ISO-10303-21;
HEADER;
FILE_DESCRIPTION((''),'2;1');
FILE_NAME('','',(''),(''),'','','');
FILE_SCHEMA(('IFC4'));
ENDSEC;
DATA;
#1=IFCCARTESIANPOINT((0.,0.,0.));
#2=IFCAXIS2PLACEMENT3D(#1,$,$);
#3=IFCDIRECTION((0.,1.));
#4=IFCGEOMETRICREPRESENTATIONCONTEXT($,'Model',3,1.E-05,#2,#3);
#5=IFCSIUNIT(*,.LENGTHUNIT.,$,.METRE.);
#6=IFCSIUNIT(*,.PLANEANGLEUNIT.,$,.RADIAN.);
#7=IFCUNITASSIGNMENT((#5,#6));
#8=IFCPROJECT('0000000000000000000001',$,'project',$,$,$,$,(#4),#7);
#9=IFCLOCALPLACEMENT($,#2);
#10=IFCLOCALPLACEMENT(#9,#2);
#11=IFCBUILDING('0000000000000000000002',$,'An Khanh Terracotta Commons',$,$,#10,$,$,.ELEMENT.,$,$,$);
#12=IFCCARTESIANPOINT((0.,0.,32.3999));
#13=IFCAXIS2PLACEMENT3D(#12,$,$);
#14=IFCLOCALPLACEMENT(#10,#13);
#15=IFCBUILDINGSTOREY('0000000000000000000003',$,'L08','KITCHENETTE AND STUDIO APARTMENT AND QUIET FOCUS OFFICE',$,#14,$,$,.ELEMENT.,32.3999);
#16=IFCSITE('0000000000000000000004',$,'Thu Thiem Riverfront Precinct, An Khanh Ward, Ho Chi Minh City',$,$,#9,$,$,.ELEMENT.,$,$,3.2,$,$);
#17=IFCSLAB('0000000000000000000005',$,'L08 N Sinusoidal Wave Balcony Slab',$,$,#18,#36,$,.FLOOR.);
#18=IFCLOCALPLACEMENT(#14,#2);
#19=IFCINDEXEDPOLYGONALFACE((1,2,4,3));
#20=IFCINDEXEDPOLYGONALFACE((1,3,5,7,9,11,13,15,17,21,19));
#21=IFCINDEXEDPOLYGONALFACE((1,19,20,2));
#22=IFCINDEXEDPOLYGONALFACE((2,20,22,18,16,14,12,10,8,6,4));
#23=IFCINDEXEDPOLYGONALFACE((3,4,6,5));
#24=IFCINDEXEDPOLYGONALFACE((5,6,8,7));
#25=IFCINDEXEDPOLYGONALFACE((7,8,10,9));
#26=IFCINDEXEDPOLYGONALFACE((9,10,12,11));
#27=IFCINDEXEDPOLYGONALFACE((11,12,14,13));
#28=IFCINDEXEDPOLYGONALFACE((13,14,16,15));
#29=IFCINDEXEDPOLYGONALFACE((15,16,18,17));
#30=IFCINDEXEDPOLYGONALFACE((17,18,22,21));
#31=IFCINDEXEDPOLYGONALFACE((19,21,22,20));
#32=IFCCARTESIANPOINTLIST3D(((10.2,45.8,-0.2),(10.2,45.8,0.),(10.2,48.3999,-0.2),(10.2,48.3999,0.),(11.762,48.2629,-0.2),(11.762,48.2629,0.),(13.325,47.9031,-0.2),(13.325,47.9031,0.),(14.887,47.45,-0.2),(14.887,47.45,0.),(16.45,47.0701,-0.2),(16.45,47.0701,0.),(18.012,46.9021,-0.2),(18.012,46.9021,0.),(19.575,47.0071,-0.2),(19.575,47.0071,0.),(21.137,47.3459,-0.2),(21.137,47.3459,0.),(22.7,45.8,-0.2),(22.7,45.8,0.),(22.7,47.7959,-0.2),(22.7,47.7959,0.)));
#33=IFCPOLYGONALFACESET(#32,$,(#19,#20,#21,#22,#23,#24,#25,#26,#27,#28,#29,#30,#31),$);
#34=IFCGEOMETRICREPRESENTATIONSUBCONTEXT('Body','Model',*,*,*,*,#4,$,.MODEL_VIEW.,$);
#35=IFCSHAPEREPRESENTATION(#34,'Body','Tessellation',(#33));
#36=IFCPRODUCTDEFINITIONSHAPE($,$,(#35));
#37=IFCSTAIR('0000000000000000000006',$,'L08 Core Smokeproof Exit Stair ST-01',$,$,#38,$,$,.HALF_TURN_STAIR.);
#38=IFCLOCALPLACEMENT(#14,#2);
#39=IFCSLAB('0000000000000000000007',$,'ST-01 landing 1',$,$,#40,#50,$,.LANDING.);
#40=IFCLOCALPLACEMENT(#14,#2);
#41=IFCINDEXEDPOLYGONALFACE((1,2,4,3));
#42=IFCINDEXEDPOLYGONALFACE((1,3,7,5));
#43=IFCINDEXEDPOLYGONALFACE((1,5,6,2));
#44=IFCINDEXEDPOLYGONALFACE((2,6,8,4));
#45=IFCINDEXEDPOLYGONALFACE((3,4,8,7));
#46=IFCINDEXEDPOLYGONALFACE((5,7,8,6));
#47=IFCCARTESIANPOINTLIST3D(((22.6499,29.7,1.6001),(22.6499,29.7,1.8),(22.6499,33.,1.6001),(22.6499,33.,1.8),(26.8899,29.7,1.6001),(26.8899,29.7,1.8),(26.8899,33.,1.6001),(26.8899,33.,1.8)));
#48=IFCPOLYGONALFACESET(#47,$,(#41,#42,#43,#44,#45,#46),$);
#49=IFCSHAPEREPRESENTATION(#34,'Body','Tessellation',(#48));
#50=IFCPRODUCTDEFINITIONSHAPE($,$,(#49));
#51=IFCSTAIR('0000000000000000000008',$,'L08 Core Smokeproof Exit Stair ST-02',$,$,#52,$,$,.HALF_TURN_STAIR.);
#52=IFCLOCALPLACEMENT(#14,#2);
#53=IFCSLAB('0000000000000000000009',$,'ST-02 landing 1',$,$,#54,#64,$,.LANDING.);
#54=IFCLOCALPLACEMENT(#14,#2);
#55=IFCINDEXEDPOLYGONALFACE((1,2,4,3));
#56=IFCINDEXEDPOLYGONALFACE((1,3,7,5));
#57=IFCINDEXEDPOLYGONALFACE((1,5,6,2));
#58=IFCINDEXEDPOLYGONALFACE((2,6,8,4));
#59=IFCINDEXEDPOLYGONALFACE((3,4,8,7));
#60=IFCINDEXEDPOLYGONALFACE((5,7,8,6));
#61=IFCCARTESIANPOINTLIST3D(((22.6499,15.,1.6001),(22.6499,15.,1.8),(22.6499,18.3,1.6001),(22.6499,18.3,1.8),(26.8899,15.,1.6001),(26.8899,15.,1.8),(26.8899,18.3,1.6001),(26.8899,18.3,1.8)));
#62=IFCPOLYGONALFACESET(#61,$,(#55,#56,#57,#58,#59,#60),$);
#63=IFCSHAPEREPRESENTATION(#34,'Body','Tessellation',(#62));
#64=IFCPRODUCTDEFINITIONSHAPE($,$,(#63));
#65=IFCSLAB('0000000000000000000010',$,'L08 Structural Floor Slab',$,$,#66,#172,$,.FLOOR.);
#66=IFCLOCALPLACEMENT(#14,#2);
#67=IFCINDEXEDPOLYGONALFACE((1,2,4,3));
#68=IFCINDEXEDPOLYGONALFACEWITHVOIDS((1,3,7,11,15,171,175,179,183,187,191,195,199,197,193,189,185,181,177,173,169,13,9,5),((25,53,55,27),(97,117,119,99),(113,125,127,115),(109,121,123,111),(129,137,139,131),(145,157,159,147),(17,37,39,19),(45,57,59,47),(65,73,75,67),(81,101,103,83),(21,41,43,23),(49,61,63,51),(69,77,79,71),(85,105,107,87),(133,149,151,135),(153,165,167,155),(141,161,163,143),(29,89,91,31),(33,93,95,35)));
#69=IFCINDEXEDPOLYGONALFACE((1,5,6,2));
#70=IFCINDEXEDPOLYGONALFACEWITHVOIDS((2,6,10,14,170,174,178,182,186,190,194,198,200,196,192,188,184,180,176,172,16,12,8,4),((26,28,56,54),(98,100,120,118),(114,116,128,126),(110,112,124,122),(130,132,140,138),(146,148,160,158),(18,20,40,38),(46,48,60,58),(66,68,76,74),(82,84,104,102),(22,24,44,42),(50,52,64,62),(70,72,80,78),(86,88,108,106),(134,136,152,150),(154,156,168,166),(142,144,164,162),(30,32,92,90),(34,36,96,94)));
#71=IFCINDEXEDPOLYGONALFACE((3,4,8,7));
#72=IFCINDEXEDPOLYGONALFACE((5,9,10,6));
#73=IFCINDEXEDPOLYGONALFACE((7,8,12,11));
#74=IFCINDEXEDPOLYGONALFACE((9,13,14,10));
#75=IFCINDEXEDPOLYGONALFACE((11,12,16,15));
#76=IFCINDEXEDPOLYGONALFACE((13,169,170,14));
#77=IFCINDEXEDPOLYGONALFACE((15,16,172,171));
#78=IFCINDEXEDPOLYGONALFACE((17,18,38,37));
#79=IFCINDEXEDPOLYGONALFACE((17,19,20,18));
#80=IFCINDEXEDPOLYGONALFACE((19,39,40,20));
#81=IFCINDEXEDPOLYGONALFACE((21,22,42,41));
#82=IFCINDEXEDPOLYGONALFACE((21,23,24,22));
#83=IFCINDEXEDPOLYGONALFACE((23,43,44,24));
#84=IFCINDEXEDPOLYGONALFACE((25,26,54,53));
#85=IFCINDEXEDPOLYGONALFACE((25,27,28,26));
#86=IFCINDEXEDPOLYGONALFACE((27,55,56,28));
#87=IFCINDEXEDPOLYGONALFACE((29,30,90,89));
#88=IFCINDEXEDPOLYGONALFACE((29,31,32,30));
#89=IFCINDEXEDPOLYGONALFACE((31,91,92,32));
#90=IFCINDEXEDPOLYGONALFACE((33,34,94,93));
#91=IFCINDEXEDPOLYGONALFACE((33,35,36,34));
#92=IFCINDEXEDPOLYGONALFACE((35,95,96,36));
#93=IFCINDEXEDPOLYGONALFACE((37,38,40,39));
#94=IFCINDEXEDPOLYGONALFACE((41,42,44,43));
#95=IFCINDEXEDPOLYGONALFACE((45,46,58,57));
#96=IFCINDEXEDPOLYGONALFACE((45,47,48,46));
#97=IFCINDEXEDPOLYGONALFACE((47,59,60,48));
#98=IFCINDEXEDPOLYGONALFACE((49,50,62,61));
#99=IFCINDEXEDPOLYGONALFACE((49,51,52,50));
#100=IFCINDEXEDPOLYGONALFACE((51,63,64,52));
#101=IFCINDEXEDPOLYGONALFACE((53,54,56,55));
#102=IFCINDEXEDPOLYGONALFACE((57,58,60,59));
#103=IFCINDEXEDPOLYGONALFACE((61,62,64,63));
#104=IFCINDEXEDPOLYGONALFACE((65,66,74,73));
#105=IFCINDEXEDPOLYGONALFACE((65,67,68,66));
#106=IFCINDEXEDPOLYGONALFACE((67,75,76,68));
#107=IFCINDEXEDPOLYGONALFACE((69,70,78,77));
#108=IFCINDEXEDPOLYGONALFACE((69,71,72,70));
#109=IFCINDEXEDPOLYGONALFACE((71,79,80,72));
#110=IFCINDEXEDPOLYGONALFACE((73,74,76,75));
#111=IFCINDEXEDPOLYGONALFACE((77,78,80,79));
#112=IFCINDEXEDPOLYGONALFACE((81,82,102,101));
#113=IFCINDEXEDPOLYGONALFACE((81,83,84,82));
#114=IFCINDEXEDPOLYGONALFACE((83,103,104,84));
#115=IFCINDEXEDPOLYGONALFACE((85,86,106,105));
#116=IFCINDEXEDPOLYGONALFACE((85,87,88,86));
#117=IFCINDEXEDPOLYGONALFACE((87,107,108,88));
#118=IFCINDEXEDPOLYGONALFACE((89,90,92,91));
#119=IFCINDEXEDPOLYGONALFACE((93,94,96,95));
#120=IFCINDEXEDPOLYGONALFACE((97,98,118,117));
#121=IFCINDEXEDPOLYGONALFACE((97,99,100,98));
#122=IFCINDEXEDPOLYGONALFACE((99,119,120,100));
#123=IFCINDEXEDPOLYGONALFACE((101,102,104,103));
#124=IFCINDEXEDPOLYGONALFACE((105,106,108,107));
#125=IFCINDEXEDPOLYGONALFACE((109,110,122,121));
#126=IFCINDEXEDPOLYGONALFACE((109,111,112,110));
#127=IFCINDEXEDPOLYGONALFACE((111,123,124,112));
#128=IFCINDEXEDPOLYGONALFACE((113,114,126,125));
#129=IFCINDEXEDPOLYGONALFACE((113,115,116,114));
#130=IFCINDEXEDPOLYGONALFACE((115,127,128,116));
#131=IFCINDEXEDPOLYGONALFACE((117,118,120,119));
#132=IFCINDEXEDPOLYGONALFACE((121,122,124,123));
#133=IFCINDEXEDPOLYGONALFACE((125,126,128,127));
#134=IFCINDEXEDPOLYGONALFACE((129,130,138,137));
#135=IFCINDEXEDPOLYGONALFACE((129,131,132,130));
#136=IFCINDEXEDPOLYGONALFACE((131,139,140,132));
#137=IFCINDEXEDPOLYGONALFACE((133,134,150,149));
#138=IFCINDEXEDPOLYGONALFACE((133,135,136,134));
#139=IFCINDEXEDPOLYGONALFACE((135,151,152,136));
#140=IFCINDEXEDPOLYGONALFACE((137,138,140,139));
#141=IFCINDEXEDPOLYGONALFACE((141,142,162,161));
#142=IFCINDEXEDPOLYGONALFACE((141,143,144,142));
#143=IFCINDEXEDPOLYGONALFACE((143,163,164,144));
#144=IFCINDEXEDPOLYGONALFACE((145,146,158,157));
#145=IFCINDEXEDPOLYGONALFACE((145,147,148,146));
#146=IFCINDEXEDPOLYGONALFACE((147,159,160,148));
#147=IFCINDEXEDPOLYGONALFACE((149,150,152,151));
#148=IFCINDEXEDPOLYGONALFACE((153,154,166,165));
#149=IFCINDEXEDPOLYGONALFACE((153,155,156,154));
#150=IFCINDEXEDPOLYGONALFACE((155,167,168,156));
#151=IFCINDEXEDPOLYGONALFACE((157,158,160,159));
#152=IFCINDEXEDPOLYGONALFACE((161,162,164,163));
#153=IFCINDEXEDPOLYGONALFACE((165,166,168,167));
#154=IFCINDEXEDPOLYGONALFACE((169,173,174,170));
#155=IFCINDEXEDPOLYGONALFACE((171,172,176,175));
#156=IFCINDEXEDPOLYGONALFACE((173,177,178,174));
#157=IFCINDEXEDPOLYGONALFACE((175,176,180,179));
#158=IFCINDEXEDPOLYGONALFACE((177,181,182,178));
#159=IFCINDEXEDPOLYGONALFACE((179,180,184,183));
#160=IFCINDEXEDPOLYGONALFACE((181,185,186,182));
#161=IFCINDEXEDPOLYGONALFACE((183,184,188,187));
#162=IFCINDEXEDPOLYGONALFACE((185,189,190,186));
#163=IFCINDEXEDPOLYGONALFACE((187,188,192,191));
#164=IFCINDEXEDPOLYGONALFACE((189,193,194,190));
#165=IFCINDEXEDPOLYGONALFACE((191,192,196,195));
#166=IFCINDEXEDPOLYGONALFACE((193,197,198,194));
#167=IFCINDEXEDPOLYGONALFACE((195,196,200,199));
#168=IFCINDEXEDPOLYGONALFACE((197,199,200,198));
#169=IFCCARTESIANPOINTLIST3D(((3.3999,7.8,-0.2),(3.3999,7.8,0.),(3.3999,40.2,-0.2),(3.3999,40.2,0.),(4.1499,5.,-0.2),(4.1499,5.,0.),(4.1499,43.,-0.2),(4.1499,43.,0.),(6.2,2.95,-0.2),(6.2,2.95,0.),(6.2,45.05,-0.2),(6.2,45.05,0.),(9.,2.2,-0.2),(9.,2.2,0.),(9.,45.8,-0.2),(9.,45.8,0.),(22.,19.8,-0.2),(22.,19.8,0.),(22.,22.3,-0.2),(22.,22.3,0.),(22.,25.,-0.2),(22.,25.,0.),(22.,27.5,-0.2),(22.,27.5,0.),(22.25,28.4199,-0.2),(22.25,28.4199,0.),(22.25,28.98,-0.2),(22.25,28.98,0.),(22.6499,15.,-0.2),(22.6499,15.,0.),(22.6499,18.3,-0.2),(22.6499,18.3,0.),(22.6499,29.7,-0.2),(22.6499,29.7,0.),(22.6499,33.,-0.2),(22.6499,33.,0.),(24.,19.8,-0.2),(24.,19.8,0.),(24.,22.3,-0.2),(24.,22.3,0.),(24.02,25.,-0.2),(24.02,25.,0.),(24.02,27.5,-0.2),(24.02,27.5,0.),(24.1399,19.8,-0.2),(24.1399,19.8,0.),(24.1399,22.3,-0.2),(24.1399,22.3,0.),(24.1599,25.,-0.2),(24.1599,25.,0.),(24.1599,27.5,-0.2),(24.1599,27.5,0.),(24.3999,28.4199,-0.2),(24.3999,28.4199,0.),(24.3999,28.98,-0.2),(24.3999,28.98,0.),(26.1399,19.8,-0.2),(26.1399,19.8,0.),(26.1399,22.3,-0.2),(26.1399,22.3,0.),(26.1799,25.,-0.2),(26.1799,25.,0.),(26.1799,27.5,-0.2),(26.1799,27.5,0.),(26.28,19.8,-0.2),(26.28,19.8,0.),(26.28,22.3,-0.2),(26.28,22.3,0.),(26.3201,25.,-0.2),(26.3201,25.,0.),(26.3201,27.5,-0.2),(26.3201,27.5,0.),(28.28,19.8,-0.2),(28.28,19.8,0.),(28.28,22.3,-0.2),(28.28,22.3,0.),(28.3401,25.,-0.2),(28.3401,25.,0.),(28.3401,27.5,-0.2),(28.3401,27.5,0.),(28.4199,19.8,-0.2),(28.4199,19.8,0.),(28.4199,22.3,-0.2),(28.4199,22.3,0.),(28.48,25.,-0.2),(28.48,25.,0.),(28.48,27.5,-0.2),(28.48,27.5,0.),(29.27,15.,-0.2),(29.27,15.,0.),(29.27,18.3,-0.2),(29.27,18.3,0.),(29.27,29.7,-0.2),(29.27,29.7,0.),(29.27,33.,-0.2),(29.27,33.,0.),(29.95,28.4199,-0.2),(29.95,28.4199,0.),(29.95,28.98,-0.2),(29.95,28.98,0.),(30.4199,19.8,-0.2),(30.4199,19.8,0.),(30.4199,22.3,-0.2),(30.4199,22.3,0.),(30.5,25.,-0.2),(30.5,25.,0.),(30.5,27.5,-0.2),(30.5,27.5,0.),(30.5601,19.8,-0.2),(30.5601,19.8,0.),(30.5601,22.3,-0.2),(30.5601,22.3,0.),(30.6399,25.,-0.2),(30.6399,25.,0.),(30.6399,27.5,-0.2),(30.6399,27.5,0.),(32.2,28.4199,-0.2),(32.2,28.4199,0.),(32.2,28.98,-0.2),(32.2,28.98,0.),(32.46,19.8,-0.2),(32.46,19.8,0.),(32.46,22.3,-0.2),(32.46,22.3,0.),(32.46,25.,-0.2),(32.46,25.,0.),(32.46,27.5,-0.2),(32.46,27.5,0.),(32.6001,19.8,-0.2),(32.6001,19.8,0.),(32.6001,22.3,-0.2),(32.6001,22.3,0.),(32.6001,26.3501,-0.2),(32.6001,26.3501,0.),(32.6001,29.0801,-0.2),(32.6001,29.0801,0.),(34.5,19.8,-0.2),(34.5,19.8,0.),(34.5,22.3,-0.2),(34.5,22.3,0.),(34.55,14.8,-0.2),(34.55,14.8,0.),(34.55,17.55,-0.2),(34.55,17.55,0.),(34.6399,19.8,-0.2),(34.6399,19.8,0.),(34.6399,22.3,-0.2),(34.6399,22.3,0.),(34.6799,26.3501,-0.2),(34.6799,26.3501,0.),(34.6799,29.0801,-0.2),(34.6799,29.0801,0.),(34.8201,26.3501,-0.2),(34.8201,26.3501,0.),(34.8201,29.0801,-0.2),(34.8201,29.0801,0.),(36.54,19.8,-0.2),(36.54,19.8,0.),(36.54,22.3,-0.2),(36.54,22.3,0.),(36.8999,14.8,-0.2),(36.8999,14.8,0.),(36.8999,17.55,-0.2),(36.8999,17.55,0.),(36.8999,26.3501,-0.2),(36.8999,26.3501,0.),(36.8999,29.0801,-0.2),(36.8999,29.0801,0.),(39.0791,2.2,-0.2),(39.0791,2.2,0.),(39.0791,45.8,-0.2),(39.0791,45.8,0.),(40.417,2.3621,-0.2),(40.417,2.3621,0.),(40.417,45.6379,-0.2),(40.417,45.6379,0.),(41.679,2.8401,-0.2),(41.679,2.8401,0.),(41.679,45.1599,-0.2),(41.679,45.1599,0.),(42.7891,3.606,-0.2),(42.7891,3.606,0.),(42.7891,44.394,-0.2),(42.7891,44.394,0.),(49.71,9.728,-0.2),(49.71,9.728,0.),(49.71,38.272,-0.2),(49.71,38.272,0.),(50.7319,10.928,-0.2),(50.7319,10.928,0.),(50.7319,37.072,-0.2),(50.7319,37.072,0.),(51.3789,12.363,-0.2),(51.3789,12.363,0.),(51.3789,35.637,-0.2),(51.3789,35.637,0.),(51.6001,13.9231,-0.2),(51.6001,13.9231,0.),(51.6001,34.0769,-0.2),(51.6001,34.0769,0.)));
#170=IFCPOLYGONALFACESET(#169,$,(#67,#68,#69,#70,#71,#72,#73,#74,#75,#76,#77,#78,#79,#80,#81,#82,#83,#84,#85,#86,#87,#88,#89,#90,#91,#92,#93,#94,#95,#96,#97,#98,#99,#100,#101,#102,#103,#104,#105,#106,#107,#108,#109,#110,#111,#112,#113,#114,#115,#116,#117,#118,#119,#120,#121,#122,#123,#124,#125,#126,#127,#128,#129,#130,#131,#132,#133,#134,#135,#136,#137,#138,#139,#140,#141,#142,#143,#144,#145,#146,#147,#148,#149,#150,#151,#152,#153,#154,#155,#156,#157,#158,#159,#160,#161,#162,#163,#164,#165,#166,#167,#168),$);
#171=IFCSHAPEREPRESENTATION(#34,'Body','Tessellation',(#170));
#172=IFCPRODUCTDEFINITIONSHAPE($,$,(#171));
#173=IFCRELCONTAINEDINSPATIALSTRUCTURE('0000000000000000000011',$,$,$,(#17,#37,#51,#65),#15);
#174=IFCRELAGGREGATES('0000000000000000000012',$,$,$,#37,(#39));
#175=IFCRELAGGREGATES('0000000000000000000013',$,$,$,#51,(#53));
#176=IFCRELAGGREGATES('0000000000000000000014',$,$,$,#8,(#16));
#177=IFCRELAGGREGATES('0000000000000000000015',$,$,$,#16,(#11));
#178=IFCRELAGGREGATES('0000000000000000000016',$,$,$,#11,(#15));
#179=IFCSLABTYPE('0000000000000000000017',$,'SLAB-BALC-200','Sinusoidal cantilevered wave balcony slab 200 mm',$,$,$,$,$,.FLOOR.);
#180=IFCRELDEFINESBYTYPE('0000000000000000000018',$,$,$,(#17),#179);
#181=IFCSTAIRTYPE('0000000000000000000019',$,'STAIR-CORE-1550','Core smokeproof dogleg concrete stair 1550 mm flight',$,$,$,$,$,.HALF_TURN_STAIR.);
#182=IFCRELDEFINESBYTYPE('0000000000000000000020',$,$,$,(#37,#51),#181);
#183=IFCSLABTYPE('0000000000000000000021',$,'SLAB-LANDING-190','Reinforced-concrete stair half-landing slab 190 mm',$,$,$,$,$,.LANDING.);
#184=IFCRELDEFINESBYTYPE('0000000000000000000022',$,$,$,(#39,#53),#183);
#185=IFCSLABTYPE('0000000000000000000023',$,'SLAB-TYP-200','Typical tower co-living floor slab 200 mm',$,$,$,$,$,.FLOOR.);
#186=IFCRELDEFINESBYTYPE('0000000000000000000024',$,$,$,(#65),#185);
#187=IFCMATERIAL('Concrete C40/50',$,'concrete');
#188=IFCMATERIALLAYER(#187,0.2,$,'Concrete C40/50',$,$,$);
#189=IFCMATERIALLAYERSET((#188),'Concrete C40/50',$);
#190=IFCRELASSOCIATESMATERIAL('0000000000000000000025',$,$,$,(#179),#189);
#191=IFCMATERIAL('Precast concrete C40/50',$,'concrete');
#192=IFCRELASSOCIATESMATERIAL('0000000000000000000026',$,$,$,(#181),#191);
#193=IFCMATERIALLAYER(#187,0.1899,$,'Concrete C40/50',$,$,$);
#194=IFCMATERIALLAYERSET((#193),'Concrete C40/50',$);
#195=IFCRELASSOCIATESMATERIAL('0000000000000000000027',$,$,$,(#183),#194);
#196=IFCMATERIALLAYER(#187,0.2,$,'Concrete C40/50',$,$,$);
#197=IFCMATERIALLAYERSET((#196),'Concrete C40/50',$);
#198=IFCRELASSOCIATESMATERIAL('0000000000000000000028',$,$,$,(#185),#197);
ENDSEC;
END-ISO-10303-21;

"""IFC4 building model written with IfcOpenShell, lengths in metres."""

from ifc_helpers import new_model, si_unit, direction, frame, origin, place, context, subcontext, project, spatial, polyline, outline, extrude, material, layer, layer_set, type_object, element, aggregate, save


model = new_model("IFC4")

# Units and contexts
model_context = context("Model", 3, precision=1e-05, world=origin(), true_north=direction((0.0, 1.0)))
body_context = subcontext(model_context, "Body", "Model", "MODEL_VIEW")
ifc_project = project(units=[si_unit("LENGTHUNIT", "METRE"), si_unit("PLANEANGLEUNIT", "RADIAN")], contexts=[model_context])

# Site, building, storey
site_placement = place(None, origin())
site = spatial("IfcSite", under=ifc_project, at=site_placement, Name="Thu Thiem Riverfront Precinct, An Khanh Ward, Ho Chi Minh City", CompositionType="ELEMENT", RefElevation=3.2)
building_placement = place(site_placement, origin())
building = spatial("IfcBuilding", under=site, at=building_placement, Name="An Khanh Terracotta Commons", CompositionType="ELEMENT")
storey_placement = place(building_placement, frame((0.0, 0.0, 32.3999)))
storey = spatial("IfcBuildingStorey", under=building, at=storey_placement, Name="L08", Description="KITCHENETTE AND STUDIO APARTMENT AND QUIET FOCUS OFFICE", CompositionType="ELEMENT", Elevation=32.3999)

# Slab
ifc_material_1 = material(Name="Concrete C40/50", Category="concrete")
ifc_layer_1 = layer(ifc_material_1, 0.2, Name="Concrete C40/50")
ifc_layer_set_1 = layer_set([ifc_layer_1], Name="Concrete C40/50")
slab_type_1 = type_object("IfcSlabType", Name="SLAB-BALC-200", Description="Sinusoidal cantilevered wave balcony slab 200 mm", PredefinedType="FLOOR", material=ifc_layer_set_1)
slab_1_placement = place(storey_placement, frame((0.0, 0.0, -0.2)))
element("IfcSlab", 1, at=slab_1_placement, inside=storey, type_object=slab_type_1, Name="L08 N Sinusoidal Wave Balcony Slab", PredefinedType="FLOOR", context=body_context, shape_type="SweptSolid", body=[
    extrude(outline(polyline([(22.7, 45.8), (22.7, 47.7959), (21.137, 47.3459), (19.575, 47.0071), (18.012, 46.9021), (16.45, 47.0701), (14.887, 47.45), (13.325, 47.9031), (11.762, 48.2629), (10.2, 48.3999), (10.2, 45.8), (22.7, 45.8)])), origin(), (0.0, 0.0, 1.0), 0.2),
])

# Stairs, slabs
ifc_material_2 = material(Name="Precast concrete C40/50", Category="concrete")
stair_type = type_object("IfcStairType", Name="STAIR-CORE-1550", Description="Core smokeproof dogleg concrete stair 1550 mm flight", PredefinedType="HALF_TURN_STAIR", material=ifc_material_2)
stair_1_placement = place(storey_placement, origin())
stair_1 = element("IfcStair", 2, at=stair_1_placement, inside=storey, type_object=stair_type, Name="L08 Core Smokeproof Exit Stair ST-01", PredefinedType="HALF_TURN_STAIR")
ifc_layer_2 = layer(ifc_material_1, 0.1899, Name="Concrete C40/50")
ifc_layer_set_2 = layer_set([ifc_layer_2], Name="Concrete C40/50")
slab_type_2 = type_object("IfcSlabType", Name="SLAB-LANDING-190", Description="Reinforced-concrete stair half-landing slab 190 mm", PredefinedType="LANDING", material=ifc_layer_set_2)
slab_2_placement = place(storey_placement, frame((0.0, 0.0, 1.6001)))
slab_2 = element("IfcSlab", 3, at=slab_2_placement, type_object=slab_type_2, Name="ST-01 landing 1", PredefinedType="LANDING", context=body_context, shape_type="SweptSolid", body=[
    extrude(outline(polyline([(26.8899, 33.0), (22.6499, 33.0), (22.6499, 29.7), (26.8899, 29.7), (26.8899, 33.0)])), origin(), (0.0, 0.0, 1.0), 0.2),
])
aggregate(stair_1, [slab_2])
stair_2_placement = place(storey_placement, origin())
stair_2 = element("IfcStair", 4, at=stair_2_placement, inside=storey, type_object=stair_type, Name="L08 Core Smokeproof Exit Stair ST-02", PredefinedType="HALF_TURN_STAIR")
slab_3_placement = place(storey_placement, frame((0.0, 0.0, 1.6001)))
slab_3 = element("IfcSlab", 5, at=slab_3_placement, type_object=slab_type_2, Name="ST-02 landing 1", PredefinedType="LANDING", context=body_context, shape_type="SweptSolid", body=[
    extrude(outline(polyline([(26.8899, 18.3), (22.6499, 18.3), (22.6499, 15.0), (26.8899, 15.0), (26.8899, 18.3)])), origin(), (0.0, 0.0, 1.0), 0.2),
])
aggregate(stair_2, [slab_3])

# Slab
ifc_layer_3 = layer(ifc_material_1, 0.2, Name="Concrete C40/50")
ifc_layer_set_3 = layer_set([ifc_layer_3], Name="Concrete C40/50")
slab_type_3 = type_object("IfcSlabType", Name="SLAB-TYP-200", Description="Typical tower co-living floor slab 200 mm", PredefinedType="FLOOR", material=ifc_layer_set_3)
slab_4_placement = place(storey_placement, frame((0.0, 0.0, -0.2)))
element("IfcSlab", 6, at=slab_4_placement, inside=storey, type_object=slab_type_3, Name="L08 Structural Floor Slab", PredefinedType="FLOOR", context=body_context, shape_type="SweptSolid", body=[
    extrude(outline(polyline([(3.3999, 7.8), (4.1499, 5.0), (6.2, 2.95), (9.0, 2.2), (39.0791, 2.2), (40.417, 2.3621), (41.679, 2.8401), (42.7891, 3.606), (49.71, 9.728), (50.7319, 10.928), (51.3789, 12.363), (51.6001, 13.9231), (51.6001, 34.0769), (51.3789, 35.637), (50.7319, 37.072), (49.71, 38.272), (42.7891, 44.394), (41.679, 45.1599), (40.417, 45.6379), (39.0791, 45.8), (9.0, 45.8), (6.2, 45.05), (4.1499, 43.0), (3.3999, 40.2), (3.3999, 7.8)]), holes=[polyline([(22.6499, 29.7), (29.27, 29.7), (29.27, 33.0), (22.6499, 33.0), (22.6499, 29.7)]), polyline([(22.6499, 15.0), (29.27, 15.0), (29.27, 18.3), (22.6499, 18.3), (22.6499, 15.0)]), polyline([(32.6001, 26.3501), (34.6799, 26.3501), (34.6799, 29.0801), (32.6001, 29.0801), (32.6001, 26.3501)]), polyline([(34.8201, 26.3501), (36.8999, 26.3501), (36.8999, 29.0801), (34.8201, 29.0801), (34.8201, 26.3501)]), polyline([(34.55, 14.8), (36.8999, 14.8), (36.8999, 17.55), (34.55, 17.55), (34.55, 14.8)]), polyline([(22.0, 25.0), (24.02, 25.0), (24.02, 27.5), (22.0, 27.5), (22.0, 25.0)]), polyline([(24.1599, 25.0), (26.1799, 25.0), (26.1799, 27.5), (24.1599, 27.5), (24.1599, 25.0)]), polyline([(22.0, 19.8), (24.0, 19.8), (24.0, 22.3), (22.0, 22.3), (22.0, 19.8)]), polyline([(24.1399, 19.8), (26.1399, 19.8), (26.1399, 22.3), (24.1399, 22.3), (24.1399, 19.8)]), polyline([(26.3201, 25.0), (28.3401, 25.0), (28.3401, 27.5), (26.3201, 27.5), (26.3201, 25.0)]), polyline([(28.48, 25.0), (30.5, 25.0), (30.5, 27.5), (28.48, 27.5), (28.48, 25.0)]), polyline([(26.28, 19.8), (28.28, 19.8), (28.28, 22.3), (26.28, 22.3), (26.28, 19.8)]), polyline([(28.4199, 19.8), (30.4199, 19.8), (30.4199, 22.3), (28.4199, 22.3), (28.4199, 19.8)]), polyline([(30.6399, 25.0), (32.46, 25.0), (32.46, 27.5), (30.6399, 27.5), (30.6399, 25.0)]), polyline([(30.5601, 19.8), (32.46, 19.8), (32.46, 22.3), (30.5601, 22.3), (30.5601, 19.8)]), polyline([(32.6001, 19.8), (34.5, 19.8), (34.5, 22.3), (32.6001, 22.3), (32.6001, 19.8)]), polyline([(34.6399, 19.8), (36.54, 19.8), (36.54, 22.3), (34.6399, 22.3), (34.6399, 19.8)]), polyline([(22.25, 28.4199), (24.3999, 28.4199), (24.3999, 28.98), (22.25, 28.98), (22.25, 28.4199)]), polyline([(29.95, 28.4199), (32.2, 28.4199), (32.2, 28.98), (29.95, 28.98), (29.95, 28.4199)])]), origin(), (0.0, 0.0, 1.0), 0.2),
])

save(model, "model.ifc")
